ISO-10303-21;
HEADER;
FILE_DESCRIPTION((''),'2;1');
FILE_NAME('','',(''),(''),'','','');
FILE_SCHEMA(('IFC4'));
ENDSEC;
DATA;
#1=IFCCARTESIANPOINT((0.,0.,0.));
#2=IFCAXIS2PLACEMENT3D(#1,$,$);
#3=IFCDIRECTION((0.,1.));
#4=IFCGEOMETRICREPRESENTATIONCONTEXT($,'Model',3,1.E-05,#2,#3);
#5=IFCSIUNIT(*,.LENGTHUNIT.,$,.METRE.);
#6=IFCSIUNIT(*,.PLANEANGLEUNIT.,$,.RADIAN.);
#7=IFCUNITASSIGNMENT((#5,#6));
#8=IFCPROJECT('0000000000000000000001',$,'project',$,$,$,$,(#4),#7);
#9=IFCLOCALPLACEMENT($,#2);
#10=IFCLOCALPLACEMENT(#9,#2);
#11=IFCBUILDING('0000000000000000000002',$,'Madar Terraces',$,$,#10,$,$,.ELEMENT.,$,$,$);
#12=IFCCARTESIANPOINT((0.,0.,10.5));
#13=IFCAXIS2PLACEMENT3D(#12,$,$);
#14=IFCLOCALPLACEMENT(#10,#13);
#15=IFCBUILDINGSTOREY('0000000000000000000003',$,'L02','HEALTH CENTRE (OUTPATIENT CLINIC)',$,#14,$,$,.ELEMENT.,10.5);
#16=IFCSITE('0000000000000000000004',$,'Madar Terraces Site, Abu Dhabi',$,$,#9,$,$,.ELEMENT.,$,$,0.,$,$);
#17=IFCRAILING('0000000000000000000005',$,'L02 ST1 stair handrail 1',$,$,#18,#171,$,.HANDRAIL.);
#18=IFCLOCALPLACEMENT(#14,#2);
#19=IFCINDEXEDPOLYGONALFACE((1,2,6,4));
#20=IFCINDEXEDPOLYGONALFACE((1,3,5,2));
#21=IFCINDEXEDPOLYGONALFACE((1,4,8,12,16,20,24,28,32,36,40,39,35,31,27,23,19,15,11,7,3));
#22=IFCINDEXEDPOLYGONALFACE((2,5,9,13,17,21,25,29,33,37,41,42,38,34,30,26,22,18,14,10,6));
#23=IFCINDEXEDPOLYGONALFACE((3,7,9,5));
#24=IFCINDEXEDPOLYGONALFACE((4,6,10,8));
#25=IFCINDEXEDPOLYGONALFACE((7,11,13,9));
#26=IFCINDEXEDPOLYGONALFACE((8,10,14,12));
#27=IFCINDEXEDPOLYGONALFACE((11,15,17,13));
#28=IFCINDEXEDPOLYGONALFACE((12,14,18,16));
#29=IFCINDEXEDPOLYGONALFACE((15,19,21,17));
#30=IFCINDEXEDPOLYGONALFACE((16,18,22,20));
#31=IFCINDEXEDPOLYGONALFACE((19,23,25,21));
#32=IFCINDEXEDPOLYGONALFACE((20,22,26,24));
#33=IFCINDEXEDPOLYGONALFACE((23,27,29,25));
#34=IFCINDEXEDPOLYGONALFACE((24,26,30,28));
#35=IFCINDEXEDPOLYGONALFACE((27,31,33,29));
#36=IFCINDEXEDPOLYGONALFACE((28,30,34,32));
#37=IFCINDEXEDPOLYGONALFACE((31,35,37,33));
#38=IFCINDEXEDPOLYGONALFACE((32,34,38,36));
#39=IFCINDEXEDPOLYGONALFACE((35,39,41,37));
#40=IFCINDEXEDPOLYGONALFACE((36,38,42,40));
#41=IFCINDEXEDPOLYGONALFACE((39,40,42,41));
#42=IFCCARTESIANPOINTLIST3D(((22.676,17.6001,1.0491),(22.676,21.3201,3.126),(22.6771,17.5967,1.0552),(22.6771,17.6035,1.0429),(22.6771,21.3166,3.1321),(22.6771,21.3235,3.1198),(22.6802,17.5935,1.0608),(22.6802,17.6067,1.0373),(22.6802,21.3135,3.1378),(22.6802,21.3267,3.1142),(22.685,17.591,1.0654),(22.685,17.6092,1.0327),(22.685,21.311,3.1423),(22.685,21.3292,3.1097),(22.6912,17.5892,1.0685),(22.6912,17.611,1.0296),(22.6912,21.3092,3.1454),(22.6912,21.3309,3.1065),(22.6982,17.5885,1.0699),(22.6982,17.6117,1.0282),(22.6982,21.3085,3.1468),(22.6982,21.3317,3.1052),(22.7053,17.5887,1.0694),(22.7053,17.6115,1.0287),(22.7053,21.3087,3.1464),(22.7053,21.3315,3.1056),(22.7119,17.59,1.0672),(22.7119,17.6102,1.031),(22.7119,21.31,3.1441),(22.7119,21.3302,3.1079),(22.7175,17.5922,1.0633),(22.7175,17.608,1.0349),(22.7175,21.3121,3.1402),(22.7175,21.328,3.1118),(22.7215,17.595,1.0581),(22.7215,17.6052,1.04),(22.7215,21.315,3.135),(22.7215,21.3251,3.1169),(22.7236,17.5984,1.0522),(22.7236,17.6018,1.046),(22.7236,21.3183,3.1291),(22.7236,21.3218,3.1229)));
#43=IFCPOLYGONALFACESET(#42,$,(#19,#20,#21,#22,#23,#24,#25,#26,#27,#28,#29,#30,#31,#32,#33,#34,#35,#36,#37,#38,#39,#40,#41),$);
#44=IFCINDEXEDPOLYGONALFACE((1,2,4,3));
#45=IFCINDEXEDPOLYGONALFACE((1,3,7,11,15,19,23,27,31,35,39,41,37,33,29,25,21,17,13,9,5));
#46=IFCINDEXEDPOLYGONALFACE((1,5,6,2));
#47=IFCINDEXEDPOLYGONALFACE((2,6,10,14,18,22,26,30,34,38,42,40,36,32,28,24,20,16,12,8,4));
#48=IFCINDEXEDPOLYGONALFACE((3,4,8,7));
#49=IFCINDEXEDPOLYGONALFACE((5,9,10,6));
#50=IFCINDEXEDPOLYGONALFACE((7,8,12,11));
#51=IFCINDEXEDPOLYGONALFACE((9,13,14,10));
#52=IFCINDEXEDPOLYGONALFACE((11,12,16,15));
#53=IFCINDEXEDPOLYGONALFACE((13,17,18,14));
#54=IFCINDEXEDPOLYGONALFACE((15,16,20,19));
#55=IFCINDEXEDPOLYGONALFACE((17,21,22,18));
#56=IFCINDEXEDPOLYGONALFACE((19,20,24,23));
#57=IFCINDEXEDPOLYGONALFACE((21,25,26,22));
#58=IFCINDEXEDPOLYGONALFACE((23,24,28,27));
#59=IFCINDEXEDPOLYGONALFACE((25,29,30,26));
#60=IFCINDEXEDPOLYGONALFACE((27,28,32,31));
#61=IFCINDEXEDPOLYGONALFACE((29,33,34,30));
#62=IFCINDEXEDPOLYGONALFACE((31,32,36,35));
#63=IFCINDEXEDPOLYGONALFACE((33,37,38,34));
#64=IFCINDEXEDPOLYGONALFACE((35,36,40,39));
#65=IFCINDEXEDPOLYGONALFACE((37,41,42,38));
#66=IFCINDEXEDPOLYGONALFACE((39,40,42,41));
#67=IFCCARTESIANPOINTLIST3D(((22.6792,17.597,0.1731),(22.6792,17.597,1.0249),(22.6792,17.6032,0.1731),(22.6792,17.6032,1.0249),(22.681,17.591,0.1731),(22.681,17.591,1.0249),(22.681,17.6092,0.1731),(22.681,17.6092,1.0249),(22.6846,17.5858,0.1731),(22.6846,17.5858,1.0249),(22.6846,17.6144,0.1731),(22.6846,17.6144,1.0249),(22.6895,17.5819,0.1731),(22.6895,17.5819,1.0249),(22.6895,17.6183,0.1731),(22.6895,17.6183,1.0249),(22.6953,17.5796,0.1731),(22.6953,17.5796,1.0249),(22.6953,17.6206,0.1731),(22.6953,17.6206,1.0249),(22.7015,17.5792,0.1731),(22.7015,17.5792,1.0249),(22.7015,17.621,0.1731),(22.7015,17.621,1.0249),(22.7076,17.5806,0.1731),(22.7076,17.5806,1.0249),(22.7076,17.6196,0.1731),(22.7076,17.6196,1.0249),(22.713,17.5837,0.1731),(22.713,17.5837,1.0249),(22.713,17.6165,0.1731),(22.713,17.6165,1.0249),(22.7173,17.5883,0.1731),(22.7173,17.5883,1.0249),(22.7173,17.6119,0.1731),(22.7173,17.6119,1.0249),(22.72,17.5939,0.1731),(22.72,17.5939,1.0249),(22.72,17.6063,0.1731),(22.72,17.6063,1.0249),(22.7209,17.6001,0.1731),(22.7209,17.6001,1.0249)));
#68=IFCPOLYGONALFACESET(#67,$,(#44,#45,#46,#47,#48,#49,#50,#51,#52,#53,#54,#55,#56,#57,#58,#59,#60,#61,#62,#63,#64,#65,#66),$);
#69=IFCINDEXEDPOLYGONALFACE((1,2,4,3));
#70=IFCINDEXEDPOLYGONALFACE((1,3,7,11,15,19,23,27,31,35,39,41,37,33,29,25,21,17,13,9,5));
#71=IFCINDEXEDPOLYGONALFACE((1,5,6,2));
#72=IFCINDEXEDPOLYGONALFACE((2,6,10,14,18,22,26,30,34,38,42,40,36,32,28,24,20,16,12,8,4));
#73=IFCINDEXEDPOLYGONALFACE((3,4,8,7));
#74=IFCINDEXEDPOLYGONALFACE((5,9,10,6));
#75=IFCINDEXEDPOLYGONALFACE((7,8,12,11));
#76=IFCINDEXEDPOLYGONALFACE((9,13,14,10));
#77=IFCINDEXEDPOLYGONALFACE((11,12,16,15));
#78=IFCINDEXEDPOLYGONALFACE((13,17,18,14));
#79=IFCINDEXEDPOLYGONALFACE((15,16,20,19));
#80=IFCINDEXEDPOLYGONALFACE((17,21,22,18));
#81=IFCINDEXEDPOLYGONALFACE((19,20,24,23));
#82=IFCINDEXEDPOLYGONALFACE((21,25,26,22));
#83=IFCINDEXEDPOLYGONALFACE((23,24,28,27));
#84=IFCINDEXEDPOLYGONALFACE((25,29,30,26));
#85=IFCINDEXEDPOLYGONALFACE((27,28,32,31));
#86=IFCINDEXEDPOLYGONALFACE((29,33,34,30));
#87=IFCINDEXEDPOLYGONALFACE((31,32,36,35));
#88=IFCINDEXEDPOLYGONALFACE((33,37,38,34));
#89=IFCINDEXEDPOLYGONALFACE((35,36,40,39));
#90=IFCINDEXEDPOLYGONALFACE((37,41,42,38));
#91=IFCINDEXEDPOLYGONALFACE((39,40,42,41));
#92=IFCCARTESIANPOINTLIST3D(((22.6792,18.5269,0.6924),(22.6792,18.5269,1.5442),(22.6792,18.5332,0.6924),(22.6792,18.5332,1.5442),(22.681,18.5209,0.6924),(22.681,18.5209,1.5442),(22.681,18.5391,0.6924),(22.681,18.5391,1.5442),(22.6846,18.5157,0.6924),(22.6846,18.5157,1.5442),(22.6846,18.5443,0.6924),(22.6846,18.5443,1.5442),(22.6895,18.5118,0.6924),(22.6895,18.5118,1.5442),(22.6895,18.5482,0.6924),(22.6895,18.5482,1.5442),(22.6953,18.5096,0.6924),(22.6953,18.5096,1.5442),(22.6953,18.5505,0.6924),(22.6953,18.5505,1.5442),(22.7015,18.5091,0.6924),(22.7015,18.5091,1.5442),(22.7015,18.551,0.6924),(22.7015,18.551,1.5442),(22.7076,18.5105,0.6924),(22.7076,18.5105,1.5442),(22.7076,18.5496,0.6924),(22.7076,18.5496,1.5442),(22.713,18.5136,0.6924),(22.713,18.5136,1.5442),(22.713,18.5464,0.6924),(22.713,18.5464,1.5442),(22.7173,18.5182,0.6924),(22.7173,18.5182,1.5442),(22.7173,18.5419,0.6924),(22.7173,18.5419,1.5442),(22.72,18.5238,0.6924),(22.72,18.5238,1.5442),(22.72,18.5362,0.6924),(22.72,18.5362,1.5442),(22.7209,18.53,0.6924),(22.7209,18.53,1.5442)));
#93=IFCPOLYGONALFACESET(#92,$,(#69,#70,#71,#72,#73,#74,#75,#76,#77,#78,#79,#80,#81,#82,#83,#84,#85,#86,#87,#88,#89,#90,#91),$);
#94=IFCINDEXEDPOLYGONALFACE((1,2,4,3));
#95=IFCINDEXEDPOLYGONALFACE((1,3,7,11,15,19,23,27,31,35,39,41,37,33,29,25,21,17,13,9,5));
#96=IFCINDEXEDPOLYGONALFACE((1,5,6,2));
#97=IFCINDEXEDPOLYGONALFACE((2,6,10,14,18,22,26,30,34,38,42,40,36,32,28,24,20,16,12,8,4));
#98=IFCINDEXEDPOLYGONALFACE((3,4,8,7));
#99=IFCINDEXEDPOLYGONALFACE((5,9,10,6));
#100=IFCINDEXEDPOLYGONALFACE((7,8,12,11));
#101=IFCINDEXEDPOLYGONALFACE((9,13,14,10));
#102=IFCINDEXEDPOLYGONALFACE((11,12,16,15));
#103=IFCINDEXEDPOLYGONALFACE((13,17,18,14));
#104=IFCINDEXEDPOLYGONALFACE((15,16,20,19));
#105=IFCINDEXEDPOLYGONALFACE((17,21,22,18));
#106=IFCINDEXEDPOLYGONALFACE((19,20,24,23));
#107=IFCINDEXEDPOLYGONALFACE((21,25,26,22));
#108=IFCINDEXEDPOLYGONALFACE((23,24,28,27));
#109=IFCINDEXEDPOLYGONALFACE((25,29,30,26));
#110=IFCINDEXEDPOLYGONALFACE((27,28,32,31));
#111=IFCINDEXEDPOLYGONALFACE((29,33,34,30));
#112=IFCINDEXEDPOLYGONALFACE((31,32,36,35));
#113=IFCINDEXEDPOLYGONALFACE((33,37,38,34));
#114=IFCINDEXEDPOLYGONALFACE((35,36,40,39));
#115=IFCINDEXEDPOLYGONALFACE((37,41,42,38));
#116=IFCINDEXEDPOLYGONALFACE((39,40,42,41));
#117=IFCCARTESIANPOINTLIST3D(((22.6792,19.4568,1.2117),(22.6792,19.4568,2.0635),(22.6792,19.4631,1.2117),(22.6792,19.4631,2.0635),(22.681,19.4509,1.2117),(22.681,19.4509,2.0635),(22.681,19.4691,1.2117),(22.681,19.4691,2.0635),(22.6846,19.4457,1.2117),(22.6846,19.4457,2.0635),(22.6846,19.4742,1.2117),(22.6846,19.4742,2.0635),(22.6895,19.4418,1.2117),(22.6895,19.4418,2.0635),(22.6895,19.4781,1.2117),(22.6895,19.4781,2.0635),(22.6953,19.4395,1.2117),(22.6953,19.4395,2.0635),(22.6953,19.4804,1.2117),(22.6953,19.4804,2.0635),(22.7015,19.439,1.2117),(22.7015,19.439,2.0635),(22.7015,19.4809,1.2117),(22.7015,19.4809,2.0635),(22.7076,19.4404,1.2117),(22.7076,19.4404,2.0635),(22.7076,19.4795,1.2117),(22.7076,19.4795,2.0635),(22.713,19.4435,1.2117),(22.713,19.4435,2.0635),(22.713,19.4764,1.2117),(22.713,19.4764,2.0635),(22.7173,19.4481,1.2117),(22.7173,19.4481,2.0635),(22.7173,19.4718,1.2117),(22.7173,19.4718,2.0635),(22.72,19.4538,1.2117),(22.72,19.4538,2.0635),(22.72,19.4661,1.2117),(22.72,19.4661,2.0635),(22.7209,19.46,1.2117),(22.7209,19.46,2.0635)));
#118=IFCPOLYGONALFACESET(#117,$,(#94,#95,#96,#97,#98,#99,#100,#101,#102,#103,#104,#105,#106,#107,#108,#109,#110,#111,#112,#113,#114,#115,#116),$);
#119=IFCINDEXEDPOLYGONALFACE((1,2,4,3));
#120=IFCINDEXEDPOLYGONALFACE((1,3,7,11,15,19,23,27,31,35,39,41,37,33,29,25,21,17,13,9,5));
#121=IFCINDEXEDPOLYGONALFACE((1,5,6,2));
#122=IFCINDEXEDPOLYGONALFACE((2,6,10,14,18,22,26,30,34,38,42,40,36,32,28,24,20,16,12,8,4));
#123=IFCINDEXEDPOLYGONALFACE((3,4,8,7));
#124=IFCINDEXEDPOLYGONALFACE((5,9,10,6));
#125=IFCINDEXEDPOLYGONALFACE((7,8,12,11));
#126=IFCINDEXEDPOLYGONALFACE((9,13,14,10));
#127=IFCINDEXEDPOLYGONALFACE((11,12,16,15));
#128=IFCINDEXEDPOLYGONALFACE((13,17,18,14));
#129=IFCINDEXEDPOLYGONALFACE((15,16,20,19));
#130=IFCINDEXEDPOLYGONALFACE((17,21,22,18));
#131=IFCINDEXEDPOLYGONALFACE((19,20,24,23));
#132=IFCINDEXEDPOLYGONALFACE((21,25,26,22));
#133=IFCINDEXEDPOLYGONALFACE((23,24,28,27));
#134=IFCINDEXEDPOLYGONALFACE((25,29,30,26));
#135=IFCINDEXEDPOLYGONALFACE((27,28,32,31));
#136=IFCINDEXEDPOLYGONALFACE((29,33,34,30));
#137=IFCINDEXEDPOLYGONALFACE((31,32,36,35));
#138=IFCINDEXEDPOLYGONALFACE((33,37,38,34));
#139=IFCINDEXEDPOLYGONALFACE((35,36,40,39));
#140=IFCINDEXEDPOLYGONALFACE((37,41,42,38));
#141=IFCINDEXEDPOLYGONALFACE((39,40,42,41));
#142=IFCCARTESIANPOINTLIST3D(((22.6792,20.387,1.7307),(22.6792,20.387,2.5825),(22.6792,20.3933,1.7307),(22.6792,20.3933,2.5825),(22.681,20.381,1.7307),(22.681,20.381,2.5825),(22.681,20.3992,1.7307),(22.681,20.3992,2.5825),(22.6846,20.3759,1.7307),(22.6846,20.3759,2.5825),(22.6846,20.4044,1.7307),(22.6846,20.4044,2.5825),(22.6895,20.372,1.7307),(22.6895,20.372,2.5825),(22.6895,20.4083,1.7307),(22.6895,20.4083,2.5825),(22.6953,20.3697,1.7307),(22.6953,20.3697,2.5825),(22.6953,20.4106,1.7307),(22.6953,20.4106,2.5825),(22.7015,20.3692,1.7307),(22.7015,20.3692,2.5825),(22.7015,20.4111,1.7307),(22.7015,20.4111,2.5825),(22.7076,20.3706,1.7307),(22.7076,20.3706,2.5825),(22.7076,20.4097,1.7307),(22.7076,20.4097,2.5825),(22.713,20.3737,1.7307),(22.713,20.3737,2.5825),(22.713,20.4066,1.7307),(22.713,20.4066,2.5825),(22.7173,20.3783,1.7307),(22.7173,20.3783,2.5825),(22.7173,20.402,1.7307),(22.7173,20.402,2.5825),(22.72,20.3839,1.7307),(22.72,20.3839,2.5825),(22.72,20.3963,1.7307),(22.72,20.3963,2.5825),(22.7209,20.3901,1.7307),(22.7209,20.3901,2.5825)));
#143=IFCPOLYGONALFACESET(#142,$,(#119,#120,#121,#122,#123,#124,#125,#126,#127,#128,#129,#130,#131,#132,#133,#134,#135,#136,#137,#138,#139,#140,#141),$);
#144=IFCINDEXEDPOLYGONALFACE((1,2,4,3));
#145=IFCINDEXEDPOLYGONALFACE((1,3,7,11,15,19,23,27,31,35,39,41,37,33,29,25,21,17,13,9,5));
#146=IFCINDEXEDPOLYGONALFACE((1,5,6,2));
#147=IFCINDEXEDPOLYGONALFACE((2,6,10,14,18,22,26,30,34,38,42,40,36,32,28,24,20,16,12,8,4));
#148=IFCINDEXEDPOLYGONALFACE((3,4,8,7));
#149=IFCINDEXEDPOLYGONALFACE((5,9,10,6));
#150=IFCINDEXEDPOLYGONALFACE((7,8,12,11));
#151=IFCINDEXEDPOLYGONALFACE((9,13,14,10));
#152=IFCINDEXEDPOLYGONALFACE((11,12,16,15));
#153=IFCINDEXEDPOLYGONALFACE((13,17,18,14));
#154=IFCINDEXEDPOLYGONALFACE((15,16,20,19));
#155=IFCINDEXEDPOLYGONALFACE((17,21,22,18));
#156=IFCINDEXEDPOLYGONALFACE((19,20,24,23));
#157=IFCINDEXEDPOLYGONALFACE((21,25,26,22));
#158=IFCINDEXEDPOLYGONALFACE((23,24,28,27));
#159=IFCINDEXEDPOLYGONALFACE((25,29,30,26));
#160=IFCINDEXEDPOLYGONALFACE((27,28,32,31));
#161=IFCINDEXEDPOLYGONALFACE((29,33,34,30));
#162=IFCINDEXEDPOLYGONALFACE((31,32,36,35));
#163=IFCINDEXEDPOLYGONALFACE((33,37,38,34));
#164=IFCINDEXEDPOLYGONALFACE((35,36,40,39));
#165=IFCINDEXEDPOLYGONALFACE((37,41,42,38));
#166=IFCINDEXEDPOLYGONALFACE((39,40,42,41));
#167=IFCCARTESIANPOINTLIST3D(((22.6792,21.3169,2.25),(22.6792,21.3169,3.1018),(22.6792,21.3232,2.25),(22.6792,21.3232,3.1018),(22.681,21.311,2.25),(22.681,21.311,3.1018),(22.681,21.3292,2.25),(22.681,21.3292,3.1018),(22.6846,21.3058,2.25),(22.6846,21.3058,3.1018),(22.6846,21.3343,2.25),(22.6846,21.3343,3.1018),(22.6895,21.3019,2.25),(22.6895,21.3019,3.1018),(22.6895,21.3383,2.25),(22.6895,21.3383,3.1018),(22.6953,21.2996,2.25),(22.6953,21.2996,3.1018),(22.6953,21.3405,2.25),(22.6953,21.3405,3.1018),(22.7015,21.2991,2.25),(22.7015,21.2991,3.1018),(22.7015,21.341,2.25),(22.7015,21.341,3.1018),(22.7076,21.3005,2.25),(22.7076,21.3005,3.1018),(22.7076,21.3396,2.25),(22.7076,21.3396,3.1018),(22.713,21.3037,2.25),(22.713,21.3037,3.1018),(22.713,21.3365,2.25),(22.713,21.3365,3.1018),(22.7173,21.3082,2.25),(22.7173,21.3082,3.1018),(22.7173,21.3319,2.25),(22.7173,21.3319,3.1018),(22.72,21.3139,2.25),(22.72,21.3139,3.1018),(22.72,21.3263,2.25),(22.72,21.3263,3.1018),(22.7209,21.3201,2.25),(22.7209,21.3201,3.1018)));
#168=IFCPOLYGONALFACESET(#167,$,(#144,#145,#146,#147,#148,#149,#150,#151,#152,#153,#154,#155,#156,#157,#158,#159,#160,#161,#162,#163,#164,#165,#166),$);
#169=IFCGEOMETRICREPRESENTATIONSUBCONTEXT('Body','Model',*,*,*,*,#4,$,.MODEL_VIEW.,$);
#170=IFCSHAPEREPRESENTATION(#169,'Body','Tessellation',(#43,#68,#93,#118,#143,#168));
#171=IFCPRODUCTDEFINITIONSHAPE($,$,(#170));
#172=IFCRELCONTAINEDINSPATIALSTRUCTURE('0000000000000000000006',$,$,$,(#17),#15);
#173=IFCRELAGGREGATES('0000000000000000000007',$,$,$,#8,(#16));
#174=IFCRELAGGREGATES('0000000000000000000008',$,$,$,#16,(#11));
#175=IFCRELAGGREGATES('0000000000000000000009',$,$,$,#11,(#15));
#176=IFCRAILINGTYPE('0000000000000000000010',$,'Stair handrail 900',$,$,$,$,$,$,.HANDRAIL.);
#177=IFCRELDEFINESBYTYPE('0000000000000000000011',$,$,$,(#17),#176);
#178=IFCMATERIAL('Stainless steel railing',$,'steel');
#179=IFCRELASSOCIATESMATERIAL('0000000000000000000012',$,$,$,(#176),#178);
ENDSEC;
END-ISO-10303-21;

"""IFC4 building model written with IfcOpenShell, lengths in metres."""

from ifc_helpers import new_model, si_unit, direction, frame, origin, origin_2d, place, context, subcontext, project, spatial, circle, extrude, material, type_object, element, save


model = new_model("IFC4")

# Units and contexts
model_context = context("Model", 3, precision=1e-05, world=origin(), true_north=direction((0.0, 1.0)))
body_context = subcontext(model_context, "Body", "Model", "MODEL_VIEW")
ifc_project = project(units=[si_unit("LENGTHUNIT", "METRE"), si_unit("PLANEANGLEUNIT", "RADIAN")], contexts=[model_context])

# Site, building, storey
site_placement = place(None, origin())
site = spatial("IfcSite", under=ifc_project, at=site_placement, Name="Madar Terraces Site, Abu Dhabi", CompositionType="ELEMENT", RefElevation=0.0)
building_placement = place(site_placement, origin())
building = spatial("IfcBuilding", under=site, at=building_placement, Name="Madar Terraces", CompositionType="ELEMENT")
storey_placement = place(building_placement, frame((0.0, 0.0, 10.5)))
storey = spatial("IfcBuildingStorey", under=building, at=storey_placement, Name="L02", Description="HEALTH CENTRE (OUTPATIENT CLINIC)", CompositionType="ELEMENT", Elevation=10.5)

# Railing
ifc_material_1 = material(Name="Stainless steel railing", Category="steel")
railing_type_1 = type_object("IfcRailingType", Name="Stair handrail 900", PredefinedType="HANDRAIL", material=ifc_material_1)
railing_1_placement = place(storey_placement, frame((22.7, 17.6001, 0.1731)))
element("IfcRailing", 1, at=railing_1_placement, inside=storey, type_object=railing_type_1, Name="L02 ST1 stair handrail 1", PredefinedType="HANDRAIL", context=body_context, shape_type="SweptSolid", body=[
    extrude(circle(Radius=0.0239, at=origin_2d()), frame((0.0, 0.0, 0.876), z_axis=(0.0, 0.873134, 0.487481), x_axis=(-1.0, 0.0, 0.0)), (0.0, 0.0, 1.0), 4.2605),
    extrude(circle(Radius=0.021, at=origin_2d()), origin(), (0.0, 0.0, 1.0), 0.8518),
    extrude(circle(Radius=0.021, at=origin_2d()), frame((0.0, 0.9299, 0.5193)), (0.0, 0.0, 1.0), 0.8518),
    extrude(circle(Radius=0.021, at=origin_2d()), frame((0.0, 1.8599, 1.0386)), (0.0, 0.0, 1.0), 0.8518),
    extrude(circle(Radius=0.021, at=origin_2d()), frame((0.0, 2.79, 1.5576)), (0.0, 0.0, 1.0), 0.8518),
    extrude(circle(Radius=0.021, at=origin_2d()), frame((0.0, 3.72, 2.0769)), (0.0, 0.0, 1.0), 0.8518),
])

save(model, "model.ifc")
